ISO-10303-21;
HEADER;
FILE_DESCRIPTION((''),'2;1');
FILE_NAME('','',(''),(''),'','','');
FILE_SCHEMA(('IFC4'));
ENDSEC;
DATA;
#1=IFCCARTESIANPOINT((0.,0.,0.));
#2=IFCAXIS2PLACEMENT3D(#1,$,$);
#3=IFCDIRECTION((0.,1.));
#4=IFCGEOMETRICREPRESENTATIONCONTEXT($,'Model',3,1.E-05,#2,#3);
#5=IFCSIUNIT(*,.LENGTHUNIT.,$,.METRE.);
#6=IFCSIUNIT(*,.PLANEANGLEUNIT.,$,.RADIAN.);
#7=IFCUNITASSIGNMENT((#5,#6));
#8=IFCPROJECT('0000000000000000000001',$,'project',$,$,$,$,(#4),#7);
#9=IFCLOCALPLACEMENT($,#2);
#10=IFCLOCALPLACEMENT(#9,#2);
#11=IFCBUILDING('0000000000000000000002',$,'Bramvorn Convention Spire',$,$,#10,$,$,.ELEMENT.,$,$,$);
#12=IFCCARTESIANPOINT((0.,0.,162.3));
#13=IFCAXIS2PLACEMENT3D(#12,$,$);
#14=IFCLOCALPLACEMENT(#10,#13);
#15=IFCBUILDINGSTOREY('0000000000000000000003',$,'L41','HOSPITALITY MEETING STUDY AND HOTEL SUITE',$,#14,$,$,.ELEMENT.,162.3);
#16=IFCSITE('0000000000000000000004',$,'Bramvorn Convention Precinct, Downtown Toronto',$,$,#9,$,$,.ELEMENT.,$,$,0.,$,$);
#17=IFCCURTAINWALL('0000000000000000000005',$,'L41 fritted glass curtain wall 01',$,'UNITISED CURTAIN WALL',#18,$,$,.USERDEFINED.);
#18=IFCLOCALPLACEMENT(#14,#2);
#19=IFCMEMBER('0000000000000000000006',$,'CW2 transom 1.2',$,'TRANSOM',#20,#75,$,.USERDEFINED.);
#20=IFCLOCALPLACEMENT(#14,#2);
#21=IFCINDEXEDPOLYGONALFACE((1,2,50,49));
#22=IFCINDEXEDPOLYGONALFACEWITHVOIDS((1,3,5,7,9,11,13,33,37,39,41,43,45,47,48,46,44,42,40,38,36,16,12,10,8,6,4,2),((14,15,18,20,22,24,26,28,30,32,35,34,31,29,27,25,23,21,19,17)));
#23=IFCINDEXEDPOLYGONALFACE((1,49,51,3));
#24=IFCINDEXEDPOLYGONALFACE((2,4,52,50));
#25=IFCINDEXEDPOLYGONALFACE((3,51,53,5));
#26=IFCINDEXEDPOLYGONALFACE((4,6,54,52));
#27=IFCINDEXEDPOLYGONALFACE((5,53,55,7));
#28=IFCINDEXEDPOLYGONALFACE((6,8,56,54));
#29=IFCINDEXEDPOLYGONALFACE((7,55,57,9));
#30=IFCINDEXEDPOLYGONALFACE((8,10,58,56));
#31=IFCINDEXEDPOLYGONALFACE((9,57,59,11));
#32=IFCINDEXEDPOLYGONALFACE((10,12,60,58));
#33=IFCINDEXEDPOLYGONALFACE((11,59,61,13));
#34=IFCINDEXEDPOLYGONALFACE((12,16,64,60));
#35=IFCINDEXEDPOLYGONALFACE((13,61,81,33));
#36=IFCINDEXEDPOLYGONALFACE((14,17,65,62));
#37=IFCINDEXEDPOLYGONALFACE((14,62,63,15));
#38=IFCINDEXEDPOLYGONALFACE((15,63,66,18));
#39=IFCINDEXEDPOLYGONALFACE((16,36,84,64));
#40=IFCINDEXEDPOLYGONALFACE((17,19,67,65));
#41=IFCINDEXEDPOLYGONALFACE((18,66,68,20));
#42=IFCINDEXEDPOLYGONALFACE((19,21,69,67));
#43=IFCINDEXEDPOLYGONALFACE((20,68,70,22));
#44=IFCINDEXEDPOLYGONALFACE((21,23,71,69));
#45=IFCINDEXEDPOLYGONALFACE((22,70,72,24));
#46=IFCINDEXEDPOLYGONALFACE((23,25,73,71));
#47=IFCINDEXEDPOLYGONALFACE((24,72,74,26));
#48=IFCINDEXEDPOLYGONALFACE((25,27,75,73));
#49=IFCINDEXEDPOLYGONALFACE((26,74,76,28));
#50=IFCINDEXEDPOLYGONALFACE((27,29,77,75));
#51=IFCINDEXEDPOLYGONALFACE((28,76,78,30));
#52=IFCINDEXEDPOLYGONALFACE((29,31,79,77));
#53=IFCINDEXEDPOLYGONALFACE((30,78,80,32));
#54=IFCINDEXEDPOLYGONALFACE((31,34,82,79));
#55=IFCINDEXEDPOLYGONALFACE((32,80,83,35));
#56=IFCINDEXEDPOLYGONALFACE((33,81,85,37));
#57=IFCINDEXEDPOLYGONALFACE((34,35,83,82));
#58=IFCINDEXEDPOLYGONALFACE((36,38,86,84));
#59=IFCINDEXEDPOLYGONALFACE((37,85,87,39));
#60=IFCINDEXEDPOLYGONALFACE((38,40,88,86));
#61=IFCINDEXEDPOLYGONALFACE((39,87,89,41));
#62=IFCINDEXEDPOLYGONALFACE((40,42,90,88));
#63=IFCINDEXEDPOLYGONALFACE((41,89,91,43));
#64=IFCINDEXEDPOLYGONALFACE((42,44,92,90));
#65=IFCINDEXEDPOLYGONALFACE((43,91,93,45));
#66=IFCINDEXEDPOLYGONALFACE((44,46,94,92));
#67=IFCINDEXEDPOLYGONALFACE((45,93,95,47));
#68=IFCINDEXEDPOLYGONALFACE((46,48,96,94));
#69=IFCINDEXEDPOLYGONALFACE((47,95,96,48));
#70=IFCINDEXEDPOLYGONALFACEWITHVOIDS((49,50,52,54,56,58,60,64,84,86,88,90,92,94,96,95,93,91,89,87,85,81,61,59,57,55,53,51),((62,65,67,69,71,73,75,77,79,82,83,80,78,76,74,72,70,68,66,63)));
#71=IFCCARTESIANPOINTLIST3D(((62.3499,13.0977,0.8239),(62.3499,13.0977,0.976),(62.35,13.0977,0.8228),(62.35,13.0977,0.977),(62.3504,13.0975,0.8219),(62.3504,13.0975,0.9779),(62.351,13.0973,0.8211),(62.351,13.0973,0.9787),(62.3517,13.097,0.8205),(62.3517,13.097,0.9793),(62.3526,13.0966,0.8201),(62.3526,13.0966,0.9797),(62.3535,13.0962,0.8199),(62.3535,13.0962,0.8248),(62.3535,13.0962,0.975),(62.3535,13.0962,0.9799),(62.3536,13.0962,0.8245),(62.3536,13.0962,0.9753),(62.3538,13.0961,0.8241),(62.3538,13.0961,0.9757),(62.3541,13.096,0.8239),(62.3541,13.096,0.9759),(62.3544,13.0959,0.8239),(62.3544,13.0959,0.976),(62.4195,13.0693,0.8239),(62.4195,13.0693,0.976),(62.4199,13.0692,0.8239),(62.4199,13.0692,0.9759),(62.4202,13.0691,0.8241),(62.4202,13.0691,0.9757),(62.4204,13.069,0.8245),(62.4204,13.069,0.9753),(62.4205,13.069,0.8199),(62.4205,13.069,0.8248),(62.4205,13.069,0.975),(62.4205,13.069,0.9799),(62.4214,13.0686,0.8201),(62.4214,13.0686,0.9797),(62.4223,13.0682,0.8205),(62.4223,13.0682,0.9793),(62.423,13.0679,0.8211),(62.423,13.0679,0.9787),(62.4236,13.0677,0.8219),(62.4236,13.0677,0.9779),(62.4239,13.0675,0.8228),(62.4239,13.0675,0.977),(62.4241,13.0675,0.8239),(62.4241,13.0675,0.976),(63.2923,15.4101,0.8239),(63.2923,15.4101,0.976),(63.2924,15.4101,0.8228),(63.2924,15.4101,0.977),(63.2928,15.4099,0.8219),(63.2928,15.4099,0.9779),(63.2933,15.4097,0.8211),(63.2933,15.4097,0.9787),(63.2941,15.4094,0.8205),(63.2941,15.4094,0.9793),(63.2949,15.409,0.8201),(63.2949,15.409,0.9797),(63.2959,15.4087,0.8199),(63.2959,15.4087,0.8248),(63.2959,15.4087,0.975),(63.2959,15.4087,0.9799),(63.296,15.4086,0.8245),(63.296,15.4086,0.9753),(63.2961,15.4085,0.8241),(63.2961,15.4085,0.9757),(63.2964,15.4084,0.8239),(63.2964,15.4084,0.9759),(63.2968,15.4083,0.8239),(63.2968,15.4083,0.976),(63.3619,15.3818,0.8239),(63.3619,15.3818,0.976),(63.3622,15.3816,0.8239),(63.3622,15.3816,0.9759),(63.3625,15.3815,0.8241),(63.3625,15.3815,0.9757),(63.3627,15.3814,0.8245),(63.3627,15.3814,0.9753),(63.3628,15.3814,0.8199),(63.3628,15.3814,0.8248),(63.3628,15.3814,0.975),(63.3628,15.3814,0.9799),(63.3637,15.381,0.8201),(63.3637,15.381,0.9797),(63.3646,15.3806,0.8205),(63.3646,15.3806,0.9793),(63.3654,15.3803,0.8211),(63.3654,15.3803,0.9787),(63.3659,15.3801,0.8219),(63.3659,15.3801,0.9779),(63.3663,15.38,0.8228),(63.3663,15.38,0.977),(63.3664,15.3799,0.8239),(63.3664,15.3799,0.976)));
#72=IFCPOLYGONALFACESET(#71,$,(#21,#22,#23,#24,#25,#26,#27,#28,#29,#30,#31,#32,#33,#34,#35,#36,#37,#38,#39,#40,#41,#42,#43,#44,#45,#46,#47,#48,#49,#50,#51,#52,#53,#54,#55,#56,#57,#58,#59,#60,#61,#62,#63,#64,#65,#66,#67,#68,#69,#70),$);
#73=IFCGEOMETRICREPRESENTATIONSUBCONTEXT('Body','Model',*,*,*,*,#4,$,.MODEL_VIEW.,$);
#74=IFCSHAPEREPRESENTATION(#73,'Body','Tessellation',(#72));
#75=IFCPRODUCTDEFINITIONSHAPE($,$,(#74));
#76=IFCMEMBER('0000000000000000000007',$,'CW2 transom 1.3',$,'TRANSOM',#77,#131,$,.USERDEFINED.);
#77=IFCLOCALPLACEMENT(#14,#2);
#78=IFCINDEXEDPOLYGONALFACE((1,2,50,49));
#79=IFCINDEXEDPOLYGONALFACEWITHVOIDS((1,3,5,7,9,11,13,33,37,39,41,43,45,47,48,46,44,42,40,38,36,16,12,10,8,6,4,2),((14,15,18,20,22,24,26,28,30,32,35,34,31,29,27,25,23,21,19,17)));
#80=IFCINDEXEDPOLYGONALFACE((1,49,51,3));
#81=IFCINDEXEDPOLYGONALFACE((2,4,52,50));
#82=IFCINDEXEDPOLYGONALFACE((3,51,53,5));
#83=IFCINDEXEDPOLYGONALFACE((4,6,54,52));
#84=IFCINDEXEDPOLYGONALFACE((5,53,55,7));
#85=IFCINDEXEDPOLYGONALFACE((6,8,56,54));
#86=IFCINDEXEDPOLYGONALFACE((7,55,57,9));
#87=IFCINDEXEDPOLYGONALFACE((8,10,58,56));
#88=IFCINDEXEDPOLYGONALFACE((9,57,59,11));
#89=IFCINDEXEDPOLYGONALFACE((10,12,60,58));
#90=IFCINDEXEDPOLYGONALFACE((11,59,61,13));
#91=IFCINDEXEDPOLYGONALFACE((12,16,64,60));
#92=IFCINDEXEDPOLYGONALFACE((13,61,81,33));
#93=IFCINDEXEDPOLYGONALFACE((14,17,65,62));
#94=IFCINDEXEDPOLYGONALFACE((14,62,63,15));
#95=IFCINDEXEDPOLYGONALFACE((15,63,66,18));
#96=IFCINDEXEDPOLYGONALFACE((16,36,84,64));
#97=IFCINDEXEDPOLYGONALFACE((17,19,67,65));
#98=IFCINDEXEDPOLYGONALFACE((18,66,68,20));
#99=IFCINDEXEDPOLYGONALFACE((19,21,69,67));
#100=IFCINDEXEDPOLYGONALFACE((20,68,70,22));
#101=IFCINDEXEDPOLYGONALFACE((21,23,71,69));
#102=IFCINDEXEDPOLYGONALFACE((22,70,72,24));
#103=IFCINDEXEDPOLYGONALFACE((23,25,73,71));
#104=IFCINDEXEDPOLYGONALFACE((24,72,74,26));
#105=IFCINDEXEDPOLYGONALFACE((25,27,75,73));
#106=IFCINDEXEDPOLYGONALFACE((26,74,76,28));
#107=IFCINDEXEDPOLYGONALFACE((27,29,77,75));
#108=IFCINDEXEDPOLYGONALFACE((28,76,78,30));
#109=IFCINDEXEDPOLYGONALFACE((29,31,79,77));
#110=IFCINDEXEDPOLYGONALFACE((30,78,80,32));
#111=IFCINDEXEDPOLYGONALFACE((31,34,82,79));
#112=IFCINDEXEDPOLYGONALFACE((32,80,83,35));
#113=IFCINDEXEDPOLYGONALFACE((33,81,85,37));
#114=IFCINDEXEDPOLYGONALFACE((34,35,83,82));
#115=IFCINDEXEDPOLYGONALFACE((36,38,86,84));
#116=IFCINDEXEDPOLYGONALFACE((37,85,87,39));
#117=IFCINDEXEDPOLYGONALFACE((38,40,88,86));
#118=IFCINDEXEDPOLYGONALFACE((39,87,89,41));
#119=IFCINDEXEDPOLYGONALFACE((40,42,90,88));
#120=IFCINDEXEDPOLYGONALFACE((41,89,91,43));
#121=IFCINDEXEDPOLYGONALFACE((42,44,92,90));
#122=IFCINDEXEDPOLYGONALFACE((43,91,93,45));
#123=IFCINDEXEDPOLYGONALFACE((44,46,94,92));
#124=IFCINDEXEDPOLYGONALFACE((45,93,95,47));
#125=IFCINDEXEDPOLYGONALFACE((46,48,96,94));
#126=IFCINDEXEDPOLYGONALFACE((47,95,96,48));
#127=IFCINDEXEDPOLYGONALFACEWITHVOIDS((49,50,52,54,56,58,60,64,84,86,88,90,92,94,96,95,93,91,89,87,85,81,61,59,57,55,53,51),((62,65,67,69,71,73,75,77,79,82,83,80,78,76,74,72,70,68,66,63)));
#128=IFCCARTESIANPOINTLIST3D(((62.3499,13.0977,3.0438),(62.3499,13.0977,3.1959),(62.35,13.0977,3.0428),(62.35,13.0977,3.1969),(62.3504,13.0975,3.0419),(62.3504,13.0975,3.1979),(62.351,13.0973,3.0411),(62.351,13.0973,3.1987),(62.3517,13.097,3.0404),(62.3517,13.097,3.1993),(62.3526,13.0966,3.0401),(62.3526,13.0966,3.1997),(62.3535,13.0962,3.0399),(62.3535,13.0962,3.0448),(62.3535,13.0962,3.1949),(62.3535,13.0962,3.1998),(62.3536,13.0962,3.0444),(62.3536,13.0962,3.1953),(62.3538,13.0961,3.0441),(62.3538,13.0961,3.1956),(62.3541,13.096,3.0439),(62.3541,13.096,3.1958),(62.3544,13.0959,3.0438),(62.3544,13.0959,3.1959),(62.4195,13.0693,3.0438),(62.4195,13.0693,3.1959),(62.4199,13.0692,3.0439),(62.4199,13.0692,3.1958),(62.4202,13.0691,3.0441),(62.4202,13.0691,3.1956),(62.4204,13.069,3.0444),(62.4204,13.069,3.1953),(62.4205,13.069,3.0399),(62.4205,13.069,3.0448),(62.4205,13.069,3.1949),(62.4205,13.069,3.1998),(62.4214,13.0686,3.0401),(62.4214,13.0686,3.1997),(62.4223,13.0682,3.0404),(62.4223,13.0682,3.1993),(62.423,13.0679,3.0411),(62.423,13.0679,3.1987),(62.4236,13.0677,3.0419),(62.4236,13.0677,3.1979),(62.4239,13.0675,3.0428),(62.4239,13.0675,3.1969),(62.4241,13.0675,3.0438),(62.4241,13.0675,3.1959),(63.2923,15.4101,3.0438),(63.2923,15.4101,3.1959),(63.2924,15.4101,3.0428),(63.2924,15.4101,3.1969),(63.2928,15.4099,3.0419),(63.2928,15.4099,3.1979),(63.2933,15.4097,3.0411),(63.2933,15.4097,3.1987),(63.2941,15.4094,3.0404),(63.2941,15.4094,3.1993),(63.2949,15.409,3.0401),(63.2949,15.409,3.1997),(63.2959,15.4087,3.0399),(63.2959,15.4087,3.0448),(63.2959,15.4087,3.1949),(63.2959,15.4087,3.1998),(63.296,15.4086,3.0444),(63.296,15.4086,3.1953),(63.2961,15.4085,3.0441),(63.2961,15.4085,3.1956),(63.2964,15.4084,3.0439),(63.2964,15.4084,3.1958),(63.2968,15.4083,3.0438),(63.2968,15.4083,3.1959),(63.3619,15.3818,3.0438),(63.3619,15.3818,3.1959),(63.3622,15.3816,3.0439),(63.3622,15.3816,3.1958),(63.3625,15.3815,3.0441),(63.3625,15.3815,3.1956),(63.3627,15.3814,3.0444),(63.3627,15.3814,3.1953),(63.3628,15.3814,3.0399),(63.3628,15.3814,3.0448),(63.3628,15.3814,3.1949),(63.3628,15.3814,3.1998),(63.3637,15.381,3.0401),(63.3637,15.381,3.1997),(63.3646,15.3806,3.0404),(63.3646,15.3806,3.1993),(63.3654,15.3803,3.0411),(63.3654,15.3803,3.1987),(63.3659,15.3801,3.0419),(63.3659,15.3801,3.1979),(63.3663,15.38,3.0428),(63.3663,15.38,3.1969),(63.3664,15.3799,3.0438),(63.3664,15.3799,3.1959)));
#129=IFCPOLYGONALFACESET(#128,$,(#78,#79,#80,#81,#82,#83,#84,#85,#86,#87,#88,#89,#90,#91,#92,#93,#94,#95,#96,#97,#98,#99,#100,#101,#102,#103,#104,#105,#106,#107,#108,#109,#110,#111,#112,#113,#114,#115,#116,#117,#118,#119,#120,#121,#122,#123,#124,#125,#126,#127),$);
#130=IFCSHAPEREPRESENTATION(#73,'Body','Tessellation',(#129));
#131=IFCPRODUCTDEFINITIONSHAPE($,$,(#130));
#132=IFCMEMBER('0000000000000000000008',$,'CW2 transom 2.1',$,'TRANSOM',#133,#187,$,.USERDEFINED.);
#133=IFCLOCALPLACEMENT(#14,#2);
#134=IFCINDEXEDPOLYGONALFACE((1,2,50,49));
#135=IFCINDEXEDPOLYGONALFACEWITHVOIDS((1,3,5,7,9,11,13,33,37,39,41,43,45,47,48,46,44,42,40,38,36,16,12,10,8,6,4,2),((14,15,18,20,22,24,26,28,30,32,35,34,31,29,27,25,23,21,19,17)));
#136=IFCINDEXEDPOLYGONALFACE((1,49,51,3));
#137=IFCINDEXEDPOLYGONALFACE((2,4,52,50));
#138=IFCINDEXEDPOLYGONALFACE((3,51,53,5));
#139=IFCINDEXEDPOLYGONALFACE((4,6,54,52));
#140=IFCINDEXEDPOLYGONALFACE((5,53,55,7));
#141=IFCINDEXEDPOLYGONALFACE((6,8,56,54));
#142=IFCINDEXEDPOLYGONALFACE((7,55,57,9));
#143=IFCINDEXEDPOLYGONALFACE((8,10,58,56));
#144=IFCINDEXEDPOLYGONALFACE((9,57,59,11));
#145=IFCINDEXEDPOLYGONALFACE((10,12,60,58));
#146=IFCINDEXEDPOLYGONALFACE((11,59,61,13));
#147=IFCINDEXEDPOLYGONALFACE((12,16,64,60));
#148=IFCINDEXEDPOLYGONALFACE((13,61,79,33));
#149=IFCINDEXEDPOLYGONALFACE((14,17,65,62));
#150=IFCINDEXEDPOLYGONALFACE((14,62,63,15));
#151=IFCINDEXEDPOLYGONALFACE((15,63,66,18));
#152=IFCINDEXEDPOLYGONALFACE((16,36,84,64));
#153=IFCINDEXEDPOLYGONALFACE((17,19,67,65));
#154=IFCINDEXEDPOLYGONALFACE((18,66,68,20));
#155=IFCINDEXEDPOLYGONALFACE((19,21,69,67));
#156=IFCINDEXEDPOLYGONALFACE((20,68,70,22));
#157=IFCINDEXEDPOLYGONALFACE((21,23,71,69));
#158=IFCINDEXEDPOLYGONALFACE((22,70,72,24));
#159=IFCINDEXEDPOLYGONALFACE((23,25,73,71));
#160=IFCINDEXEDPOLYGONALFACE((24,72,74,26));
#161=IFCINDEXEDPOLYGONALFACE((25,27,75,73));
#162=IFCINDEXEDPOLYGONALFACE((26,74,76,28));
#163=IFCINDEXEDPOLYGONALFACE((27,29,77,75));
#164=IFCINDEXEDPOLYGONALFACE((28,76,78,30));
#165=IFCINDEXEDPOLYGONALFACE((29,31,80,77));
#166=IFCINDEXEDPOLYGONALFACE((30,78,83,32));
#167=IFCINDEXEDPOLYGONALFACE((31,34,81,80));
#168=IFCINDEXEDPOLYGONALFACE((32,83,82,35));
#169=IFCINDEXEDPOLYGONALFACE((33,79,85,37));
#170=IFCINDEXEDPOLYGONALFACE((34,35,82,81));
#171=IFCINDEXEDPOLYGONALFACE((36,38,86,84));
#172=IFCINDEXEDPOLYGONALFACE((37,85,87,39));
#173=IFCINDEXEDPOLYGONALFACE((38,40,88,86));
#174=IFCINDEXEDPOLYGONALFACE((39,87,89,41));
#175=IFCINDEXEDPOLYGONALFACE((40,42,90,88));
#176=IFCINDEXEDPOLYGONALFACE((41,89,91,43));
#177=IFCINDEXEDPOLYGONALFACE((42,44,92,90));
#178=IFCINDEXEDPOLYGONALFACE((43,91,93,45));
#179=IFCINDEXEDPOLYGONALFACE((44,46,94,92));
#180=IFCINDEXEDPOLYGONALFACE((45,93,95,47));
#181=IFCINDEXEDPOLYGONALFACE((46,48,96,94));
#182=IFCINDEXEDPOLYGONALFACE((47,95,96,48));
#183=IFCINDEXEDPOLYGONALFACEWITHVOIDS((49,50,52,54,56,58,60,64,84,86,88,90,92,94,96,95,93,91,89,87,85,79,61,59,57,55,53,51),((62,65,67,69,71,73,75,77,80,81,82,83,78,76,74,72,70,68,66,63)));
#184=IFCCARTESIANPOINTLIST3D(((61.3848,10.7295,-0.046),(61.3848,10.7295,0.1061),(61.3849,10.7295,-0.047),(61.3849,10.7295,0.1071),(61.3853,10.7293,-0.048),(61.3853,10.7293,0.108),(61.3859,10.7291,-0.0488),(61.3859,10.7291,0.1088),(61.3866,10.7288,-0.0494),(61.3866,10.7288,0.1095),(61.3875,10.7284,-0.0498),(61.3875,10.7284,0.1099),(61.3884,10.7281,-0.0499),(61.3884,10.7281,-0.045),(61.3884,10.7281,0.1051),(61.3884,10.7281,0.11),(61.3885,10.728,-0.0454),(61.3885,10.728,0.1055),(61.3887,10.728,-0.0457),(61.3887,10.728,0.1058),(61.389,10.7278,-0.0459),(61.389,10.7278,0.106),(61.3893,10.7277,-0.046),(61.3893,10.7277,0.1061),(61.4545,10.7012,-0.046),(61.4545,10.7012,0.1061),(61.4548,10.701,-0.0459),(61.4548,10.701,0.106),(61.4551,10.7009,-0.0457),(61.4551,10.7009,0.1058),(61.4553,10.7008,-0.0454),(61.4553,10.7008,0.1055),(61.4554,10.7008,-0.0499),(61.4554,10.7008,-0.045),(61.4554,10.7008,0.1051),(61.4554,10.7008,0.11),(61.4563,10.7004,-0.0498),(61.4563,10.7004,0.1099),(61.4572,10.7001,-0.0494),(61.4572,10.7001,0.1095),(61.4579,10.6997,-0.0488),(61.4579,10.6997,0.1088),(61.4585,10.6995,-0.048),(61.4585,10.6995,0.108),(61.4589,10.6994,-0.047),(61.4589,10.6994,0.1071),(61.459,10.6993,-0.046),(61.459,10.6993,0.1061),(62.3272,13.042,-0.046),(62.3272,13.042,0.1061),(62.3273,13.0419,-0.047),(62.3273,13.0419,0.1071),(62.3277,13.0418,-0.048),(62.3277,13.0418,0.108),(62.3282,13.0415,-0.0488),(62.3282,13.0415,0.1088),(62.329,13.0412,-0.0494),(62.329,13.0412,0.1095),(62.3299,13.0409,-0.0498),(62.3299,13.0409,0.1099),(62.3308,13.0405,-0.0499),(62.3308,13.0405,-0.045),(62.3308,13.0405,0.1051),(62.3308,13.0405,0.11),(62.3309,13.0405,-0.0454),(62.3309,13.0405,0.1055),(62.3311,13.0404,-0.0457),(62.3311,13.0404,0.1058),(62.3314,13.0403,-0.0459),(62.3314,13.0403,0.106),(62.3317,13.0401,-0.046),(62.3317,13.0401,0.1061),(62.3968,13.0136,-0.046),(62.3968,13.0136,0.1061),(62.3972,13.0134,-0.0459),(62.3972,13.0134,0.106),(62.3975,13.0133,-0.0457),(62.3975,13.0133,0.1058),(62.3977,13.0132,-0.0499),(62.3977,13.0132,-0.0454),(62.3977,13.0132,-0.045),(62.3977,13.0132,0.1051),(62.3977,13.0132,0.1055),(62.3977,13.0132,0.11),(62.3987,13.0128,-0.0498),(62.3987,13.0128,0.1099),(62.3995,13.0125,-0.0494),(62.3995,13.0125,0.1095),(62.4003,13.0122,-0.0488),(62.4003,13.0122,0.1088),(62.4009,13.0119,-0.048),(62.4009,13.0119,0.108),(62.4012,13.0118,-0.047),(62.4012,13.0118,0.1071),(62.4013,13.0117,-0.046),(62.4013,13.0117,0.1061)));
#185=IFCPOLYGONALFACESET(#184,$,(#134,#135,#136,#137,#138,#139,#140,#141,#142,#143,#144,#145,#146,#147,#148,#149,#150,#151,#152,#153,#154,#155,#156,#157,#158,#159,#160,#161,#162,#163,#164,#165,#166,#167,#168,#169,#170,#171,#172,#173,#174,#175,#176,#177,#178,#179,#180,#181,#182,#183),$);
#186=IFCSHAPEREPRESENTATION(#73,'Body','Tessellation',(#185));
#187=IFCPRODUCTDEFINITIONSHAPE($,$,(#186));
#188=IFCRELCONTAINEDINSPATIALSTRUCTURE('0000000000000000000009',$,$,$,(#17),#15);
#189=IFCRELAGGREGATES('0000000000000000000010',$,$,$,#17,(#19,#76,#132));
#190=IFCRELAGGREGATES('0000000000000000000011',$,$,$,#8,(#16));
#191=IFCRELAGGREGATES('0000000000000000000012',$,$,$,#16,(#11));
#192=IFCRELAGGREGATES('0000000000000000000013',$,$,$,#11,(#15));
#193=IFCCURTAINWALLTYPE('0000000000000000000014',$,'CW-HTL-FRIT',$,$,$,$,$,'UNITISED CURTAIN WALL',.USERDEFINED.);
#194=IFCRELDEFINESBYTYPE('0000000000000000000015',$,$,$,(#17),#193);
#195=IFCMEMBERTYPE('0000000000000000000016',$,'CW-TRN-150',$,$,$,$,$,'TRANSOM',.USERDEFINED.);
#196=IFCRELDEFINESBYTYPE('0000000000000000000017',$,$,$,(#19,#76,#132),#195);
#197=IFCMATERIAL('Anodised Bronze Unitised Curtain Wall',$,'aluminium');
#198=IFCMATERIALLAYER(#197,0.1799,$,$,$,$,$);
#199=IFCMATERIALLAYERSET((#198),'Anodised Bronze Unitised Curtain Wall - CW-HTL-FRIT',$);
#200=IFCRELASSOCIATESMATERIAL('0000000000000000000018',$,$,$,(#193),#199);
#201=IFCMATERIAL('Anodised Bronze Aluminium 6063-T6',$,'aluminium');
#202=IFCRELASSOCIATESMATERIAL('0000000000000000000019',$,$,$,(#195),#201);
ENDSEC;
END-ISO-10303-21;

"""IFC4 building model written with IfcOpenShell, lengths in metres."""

from ifc_helpers import new_model, si_unit, direction, frame, origin, origin_2d, place, context, subcontext, project, spatial, hollow_rectangle, extrude, material, layer, layer_set, material_profile, profile_set, type_object, element, aggregate, save


model = new_model("IFC4")

# Units and contexts
model_context = context("Model", 3, precision=1e-05, world=origin(), true_north=direction((0.0, 1.0)))
body_context = subcontext(model_context, "Body", "Model", "MODEL_VIEW")
ifc_project = project(units=[si_unit("LENGTHUNIT", "METRE"), si_unit("PLANEANGLEUNIT", "RADIAN")], contexts=[model_context])

# Site, building, storey
site_placement = place(None, origin())
site = spatial("IfcSite", under=ifc_project, at=site_placement, Name="Bramvorn Convention Precinct, Downtown Toronto", CompositionType="ELEMENT", RefElevation=0.0)
building_placement = place(site_placement, origin())
building = spatial("IfcBuilding", under=site, at=building_placement, Name="Bramvorn Convention Spire", CompositionType="ELEMENT")
storey_placement = place(building_placement, frame((0.0, 0.0, 162.3)))
storey = spatial("IfcBuildingStorey", under=building, at=storey_placement, Name="L41", Description="HOSPITALITY MEETING STUDY AND HOTEL SUITE", CompositionType="ELEMENT", Elevation=162.3)

# Curtain wall
ifc_material_1 = material(Name="Anodised Bronze Unitised Curtain Wall", Category="aluminium")
ifc_layer_1 = layer(ifc_material_1, 0.1799)
ifc_layer_set_1 = layer_set([ifc_layer_1], Name="Anodised Bronze Unitised Curtain Wall - CW-HTL-FRIT")
curtain_wall_type = type_object("IfcCurtainWallType", Name="CW-HTL-FRIT", ElementType="UNITISED CURTAIN WALL", PredefinedType="USERDEFINED", material=ifc_layer_set_1)
curtain_wall_1_placement = place(storey_placement, origin())
curtain_wall_1 = element("IfcCurtainWall", 1, at=curtain_wall_1_placement, inside=storey, type_object=curtain_wall_type, Name="L41 fritted glass curtain wall 01", ObjectType="UNITISED CURTAIN WALL", PredefinedType="USERDEFINED")
ifc_material_2 = material(Name="Anodised Bronze Aluminium 6063-T6", Category="aluminium")

# Members
ifc_material_profile_1 = material_profile(ifc_material_2, hollow_rectangle(XDim=0.0801, YDim=0.1599, WallThickness=0.0039, InnerFilletRadius=0.001, OuterFilletRadius=0.0039, at=origin_2d()))
ifc_profile_set_1 = profile_set([ifc_material_profile_1], Name="Anodised Bronze Aluminium 6063-T6 - CWT80X160")
member_type_1 = type_object("IfcMemberType", Name="CW-TRN-150", ElementType="TRANSOM", PredefinedType="USERDEFINED", material=ifc_profile_set_1)
member_1_placement = place(storey_placement, frame((63.3293, 15.395, 0.8999), z_axis=(-0.377384, -0.926057, 0.0), x_axis=(0.926057, -0.377384, 0.0)))
member_1 = element("IfcMember", 2, at=member_1_placement, type_object=member_type_1, Name="CW2 transom 1.2", ObjectType="TRANSOM", PredefinedType="USERDEFINED", context=body_context, shape_type="SweptSolid", body=[
    extrude(hollow_rectangle(XDim=0.0801, YDim=0.1599, WallThickness=0.0039, InnerFilletRadius=0.001, OuterFilletRadius=0.0039, at=origin_2d()), origin(), (0.0, 0.0, 1.0), 2.4971),
])
member_2_placement = place(storey_placement, frame((63.3293, 15.395, 3.1199), z_axis=(-0.377384, -0.926057, 0.0), x_axis=(0.926057, -0.377384, 0.0)))
member_2 = element("IfcMember", 3, at=member_2_placement, type_object=member_type_1, Name="CW2 transom 1.3", ObjectType="TRANSOM", PredefinedType="USERDEFINED", context=body_context, shape_type="SweptSolid", body=[
    extrude(hollow_rectangle(XDim=0.0801, YDim=0.1599, WallThickness=0.0039, InnerFilletRadius=0.001, OuterFilletRadius=0.0039, at=origin_2d()), origin(), (0.0, 0.0, 1.0), 2.4971),
])
member_3_placement = place(storey_placement, frame((62.3643, 13.0269, 0.03), z_axis=(-0.377384, -0.926057, 0.0), x_axis=(0.926057, -0.377384, 0.0)))
member_3 = element("IfcMember", 4, at=member_3_placement, type_object=member_type_1, Name="CW2 transom 2.1", ObjectType="TRANSOM", PredefinedType="USERDEFINED", context=body_context, shape_type="SweptSolid", body=[
    extrude(hollow_rectangle(XDim=0.0801, YDim=0.1599, WallThickness=0.0039, InnerFilletRadius=0.001, OuterFilletRadius=0.0039, at=origin_2d()), origin(), (0.0, 0.0, 1.0), 2.4971),
])

aggregate(curtain_wall_1, [member_1, member_2, member_3])

save(model, "model.ifc")
